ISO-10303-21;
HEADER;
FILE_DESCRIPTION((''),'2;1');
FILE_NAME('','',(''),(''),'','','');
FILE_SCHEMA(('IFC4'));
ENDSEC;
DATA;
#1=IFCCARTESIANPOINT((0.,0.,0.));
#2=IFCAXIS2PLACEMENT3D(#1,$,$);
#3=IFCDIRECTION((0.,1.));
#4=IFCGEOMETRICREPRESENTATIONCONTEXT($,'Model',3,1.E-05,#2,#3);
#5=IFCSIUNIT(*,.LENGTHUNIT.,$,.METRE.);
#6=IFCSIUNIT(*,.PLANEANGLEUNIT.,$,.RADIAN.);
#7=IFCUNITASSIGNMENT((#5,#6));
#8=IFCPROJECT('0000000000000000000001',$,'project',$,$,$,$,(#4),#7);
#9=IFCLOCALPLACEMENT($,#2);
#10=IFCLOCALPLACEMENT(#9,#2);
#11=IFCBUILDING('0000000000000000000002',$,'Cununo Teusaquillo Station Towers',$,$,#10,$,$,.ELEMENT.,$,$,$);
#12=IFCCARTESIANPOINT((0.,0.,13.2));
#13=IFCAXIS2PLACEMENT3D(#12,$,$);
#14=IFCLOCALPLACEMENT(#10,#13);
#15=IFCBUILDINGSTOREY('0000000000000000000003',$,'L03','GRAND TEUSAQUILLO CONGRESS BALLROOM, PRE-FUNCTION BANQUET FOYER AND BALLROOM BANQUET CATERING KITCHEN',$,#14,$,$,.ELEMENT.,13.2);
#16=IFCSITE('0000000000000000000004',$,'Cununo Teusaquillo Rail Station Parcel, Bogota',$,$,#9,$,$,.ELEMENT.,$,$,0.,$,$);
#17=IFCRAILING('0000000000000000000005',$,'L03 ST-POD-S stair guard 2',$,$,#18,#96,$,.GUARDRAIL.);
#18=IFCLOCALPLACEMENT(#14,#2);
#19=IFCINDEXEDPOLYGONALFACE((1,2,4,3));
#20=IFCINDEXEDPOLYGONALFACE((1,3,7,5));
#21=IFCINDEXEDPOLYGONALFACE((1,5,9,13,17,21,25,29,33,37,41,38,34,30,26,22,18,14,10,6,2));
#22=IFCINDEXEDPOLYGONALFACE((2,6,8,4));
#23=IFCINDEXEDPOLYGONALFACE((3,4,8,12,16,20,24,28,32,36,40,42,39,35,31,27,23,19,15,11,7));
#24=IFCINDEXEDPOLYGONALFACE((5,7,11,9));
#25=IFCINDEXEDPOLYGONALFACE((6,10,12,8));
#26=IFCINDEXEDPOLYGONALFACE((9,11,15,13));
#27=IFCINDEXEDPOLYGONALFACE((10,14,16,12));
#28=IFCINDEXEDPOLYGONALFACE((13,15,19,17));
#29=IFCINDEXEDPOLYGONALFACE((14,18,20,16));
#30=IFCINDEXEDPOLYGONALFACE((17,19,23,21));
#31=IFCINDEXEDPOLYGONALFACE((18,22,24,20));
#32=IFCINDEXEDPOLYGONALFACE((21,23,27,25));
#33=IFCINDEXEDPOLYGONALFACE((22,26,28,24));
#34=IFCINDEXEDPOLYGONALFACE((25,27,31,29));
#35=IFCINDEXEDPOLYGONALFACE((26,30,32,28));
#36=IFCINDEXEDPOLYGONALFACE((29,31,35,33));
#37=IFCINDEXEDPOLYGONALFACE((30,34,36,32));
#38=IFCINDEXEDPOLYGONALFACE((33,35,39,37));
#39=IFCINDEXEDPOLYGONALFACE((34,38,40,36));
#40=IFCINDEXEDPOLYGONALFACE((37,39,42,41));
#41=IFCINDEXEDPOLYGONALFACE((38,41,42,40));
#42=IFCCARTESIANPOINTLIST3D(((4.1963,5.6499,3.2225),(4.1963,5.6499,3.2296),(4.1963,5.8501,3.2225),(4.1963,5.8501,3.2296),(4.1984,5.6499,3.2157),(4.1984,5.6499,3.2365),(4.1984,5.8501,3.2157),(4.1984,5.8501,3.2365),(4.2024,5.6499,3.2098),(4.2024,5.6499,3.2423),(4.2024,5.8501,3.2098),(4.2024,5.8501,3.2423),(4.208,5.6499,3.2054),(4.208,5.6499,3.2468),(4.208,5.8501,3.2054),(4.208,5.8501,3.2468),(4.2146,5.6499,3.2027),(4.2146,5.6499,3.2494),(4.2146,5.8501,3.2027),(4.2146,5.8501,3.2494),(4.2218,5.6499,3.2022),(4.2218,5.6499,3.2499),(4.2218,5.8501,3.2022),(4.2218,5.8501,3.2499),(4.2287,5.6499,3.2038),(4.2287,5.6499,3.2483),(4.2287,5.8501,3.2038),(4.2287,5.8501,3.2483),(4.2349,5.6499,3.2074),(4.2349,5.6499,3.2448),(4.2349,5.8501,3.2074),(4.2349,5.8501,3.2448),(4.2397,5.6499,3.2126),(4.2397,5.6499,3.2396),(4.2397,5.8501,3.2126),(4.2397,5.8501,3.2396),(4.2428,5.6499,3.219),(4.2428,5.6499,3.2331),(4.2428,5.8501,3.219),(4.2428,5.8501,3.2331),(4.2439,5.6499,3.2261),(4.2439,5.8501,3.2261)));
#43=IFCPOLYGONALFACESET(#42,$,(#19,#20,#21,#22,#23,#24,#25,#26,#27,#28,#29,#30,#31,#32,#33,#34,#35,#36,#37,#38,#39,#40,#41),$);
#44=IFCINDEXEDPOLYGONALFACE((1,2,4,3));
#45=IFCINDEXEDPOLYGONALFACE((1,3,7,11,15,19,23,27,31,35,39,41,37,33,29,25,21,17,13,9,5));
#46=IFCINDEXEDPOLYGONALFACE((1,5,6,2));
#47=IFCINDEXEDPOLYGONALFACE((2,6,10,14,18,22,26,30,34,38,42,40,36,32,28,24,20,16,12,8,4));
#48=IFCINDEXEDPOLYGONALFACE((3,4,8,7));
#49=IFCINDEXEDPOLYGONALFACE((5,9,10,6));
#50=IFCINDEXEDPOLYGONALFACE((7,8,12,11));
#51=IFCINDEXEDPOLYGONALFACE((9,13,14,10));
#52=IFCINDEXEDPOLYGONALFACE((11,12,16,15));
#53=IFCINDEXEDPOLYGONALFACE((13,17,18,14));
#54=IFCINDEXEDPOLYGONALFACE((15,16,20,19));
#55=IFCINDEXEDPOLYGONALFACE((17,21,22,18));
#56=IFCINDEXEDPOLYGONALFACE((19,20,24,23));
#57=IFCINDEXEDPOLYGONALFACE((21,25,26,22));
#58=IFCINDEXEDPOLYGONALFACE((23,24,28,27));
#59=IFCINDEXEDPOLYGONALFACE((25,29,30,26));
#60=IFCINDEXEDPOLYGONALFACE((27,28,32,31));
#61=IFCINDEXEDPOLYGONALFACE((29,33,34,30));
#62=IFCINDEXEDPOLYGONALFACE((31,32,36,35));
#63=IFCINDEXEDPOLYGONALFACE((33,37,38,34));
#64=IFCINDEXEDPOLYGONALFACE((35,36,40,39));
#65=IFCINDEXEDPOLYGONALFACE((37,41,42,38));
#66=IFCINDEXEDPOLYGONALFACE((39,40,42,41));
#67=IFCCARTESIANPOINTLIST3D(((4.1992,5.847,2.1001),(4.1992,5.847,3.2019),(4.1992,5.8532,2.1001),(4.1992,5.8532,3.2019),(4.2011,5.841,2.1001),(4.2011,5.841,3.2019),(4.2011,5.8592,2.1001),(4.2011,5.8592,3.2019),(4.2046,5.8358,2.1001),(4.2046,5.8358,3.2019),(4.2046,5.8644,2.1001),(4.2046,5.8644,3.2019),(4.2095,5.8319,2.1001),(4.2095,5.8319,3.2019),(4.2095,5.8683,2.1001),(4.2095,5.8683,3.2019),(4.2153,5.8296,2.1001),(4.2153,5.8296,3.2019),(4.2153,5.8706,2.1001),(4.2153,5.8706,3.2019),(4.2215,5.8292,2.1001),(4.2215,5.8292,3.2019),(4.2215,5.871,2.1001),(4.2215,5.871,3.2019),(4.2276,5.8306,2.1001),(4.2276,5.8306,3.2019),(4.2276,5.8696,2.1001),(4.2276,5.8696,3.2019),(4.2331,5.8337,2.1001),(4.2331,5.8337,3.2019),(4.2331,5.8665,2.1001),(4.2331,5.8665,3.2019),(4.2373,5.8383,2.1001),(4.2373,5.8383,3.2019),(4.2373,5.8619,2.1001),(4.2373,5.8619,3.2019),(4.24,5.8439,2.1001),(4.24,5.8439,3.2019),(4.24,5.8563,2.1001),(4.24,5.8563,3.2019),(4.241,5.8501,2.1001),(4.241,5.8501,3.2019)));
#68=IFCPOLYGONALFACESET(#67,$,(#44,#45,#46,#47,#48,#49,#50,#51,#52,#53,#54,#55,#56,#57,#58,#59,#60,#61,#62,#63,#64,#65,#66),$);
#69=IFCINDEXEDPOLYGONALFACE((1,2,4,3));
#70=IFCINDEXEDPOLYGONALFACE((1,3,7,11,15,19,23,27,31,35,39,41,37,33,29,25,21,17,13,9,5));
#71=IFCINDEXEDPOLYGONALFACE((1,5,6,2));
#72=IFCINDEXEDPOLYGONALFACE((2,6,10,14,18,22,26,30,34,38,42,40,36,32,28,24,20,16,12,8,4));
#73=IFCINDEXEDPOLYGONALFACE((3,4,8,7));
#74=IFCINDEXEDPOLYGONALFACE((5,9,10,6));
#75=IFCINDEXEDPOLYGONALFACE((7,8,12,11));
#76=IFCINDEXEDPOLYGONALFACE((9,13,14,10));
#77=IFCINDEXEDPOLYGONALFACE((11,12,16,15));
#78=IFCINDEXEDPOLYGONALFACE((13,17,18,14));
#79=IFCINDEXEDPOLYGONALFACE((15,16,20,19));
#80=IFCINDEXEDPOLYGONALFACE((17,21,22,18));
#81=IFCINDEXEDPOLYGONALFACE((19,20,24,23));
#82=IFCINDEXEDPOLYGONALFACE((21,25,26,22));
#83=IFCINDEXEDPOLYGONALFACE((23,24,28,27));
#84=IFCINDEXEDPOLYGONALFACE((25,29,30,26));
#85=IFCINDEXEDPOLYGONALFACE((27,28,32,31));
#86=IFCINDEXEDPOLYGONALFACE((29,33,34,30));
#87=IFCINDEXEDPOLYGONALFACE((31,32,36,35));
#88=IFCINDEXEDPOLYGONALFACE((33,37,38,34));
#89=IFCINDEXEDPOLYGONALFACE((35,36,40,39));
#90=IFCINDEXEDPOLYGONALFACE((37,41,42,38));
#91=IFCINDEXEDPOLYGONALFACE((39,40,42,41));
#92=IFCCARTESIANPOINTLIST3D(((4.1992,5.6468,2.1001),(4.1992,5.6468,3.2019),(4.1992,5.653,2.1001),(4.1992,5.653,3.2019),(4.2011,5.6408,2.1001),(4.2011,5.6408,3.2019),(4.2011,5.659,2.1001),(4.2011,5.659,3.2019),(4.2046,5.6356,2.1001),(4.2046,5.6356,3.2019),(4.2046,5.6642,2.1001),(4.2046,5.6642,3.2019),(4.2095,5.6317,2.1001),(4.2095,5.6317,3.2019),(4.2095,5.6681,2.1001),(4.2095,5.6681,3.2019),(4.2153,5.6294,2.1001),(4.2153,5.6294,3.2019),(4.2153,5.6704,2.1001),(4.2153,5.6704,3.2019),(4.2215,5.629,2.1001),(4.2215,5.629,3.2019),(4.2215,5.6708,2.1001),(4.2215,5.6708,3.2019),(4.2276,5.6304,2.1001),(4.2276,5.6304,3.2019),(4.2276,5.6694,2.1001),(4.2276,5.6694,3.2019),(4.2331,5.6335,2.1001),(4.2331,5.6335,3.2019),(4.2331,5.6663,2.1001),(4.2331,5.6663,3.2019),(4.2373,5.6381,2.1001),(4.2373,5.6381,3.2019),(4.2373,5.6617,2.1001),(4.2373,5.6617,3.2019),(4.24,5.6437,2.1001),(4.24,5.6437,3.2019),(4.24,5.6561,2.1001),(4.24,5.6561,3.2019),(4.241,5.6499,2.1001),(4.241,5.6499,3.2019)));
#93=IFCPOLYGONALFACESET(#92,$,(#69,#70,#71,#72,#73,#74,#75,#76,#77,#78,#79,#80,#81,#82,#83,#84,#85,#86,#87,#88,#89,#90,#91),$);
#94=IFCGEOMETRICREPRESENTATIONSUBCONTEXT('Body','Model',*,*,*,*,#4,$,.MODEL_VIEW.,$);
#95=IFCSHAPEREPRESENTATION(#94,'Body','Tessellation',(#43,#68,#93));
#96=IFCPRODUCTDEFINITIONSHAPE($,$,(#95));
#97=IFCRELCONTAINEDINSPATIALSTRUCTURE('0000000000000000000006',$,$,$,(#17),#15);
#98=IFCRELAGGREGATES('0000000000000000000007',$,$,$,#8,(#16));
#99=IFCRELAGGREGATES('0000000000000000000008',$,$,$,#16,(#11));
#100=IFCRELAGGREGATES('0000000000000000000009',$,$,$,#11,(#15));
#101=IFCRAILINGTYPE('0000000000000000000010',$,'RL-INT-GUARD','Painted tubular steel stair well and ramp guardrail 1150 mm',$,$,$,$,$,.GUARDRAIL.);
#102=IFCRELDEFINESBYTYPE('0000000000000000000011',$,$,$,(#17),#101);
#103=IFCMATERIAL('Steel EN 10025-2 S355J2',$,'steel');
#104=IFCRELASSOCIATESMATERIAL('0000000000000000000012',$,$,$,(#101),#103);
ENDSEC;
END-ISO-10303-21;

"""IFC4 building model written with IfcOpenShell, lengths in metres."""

from ifc_helpers import new_model, si_unit, direction, frame, origin, origin_2d, place, context, subcontext, project, spatial, circle, extrude, material, type_object, element, save


model = new_model("IFC4")

# Units and contexts
model_context = context("Model", 3, precision=1e-05, world=origin(), true_north=direction((0.0, 1.0)))
body_context = subcontext(model_context, "Body", "Model", "MODEL_VIEW")
ifc_project = project(units=[si_unit("LENGTHUNIT", "METRE"), si_unit("PLANEANGLEUNIT", "RADIAN")], contexts=[model_context])

# Site, building, storey
site_placement = place(None, origin())
site = spatial("IfcSite", under=ifc_project, at=site_placement, Name="Cununo Teusaquillo Rail Station Parcel, Bogota", CompositionType="ELEMENT", RefElevation=0.0)
building_placement = place(site_placement, origin())
building = spatial("IfcBuilding", under=site, at=building_placement, Name="Cununo Teusaquillo Station Towers", CompositionType="ELEMENT")
storey_placement = place(building_placement, frame((0.0, 0.0, 13.2)))
storey = spatial("IfcBuildingStorey", under=building, at=storey_placement, Name="L03", Description="GRAND TEUSAQUILLO CONGRESS BALLROOM, PRE-FUNCTION BANQUET FOYER AND BALLROOM BANQUET CATERING KITCHEN", CompositionType="ELEMENT", Elevation=13.2)

# Railing
ifc_material_1 = material(Name="Steel EN 10025-2 S355J2", Category="steel")
railing_type_1 = type_object("IfcRailingType", Name="RL-INT-GUARD", Description="Painted tubular steel stair well and ramp guardrail 1150 mm", PredefinedType="GUARDRAIL", material=ifc_material_1)
railing_1_placement = place(storey_placement, frame((4.22, 5.8501, 2.1001)))
element("IfcRailing", 1, at=railing_1_placement, inside=storey, type_object=railing_type_1, Name="L03 ST-POD-S stair guard 2", PredefinedType="GUARDRAIL", context=body_context, shape_type="SweptSolid", body=[
    extrude(circle(Radius=0.0239, at=origin_2d()), frame((0.0, 0.0, 1.126), z_axis=(0.0, -1.0, 0.0), x_axis=(1.0, 0.0, 0.0)), (0.0, 0.0, 1.0), 0.2002),
    extrude(circle(Radius=0.021, at=origin_2d()), origin(), (0.0, 0.0, 1.0), 1.1018),
    extrude(circle(Radius=0.021, at=origin_2d()), frame((0.0, -0.2002, 0.0)), (0.0, 0.0, 1.0), 1.1018),
])

save(model, "model.ifc")
